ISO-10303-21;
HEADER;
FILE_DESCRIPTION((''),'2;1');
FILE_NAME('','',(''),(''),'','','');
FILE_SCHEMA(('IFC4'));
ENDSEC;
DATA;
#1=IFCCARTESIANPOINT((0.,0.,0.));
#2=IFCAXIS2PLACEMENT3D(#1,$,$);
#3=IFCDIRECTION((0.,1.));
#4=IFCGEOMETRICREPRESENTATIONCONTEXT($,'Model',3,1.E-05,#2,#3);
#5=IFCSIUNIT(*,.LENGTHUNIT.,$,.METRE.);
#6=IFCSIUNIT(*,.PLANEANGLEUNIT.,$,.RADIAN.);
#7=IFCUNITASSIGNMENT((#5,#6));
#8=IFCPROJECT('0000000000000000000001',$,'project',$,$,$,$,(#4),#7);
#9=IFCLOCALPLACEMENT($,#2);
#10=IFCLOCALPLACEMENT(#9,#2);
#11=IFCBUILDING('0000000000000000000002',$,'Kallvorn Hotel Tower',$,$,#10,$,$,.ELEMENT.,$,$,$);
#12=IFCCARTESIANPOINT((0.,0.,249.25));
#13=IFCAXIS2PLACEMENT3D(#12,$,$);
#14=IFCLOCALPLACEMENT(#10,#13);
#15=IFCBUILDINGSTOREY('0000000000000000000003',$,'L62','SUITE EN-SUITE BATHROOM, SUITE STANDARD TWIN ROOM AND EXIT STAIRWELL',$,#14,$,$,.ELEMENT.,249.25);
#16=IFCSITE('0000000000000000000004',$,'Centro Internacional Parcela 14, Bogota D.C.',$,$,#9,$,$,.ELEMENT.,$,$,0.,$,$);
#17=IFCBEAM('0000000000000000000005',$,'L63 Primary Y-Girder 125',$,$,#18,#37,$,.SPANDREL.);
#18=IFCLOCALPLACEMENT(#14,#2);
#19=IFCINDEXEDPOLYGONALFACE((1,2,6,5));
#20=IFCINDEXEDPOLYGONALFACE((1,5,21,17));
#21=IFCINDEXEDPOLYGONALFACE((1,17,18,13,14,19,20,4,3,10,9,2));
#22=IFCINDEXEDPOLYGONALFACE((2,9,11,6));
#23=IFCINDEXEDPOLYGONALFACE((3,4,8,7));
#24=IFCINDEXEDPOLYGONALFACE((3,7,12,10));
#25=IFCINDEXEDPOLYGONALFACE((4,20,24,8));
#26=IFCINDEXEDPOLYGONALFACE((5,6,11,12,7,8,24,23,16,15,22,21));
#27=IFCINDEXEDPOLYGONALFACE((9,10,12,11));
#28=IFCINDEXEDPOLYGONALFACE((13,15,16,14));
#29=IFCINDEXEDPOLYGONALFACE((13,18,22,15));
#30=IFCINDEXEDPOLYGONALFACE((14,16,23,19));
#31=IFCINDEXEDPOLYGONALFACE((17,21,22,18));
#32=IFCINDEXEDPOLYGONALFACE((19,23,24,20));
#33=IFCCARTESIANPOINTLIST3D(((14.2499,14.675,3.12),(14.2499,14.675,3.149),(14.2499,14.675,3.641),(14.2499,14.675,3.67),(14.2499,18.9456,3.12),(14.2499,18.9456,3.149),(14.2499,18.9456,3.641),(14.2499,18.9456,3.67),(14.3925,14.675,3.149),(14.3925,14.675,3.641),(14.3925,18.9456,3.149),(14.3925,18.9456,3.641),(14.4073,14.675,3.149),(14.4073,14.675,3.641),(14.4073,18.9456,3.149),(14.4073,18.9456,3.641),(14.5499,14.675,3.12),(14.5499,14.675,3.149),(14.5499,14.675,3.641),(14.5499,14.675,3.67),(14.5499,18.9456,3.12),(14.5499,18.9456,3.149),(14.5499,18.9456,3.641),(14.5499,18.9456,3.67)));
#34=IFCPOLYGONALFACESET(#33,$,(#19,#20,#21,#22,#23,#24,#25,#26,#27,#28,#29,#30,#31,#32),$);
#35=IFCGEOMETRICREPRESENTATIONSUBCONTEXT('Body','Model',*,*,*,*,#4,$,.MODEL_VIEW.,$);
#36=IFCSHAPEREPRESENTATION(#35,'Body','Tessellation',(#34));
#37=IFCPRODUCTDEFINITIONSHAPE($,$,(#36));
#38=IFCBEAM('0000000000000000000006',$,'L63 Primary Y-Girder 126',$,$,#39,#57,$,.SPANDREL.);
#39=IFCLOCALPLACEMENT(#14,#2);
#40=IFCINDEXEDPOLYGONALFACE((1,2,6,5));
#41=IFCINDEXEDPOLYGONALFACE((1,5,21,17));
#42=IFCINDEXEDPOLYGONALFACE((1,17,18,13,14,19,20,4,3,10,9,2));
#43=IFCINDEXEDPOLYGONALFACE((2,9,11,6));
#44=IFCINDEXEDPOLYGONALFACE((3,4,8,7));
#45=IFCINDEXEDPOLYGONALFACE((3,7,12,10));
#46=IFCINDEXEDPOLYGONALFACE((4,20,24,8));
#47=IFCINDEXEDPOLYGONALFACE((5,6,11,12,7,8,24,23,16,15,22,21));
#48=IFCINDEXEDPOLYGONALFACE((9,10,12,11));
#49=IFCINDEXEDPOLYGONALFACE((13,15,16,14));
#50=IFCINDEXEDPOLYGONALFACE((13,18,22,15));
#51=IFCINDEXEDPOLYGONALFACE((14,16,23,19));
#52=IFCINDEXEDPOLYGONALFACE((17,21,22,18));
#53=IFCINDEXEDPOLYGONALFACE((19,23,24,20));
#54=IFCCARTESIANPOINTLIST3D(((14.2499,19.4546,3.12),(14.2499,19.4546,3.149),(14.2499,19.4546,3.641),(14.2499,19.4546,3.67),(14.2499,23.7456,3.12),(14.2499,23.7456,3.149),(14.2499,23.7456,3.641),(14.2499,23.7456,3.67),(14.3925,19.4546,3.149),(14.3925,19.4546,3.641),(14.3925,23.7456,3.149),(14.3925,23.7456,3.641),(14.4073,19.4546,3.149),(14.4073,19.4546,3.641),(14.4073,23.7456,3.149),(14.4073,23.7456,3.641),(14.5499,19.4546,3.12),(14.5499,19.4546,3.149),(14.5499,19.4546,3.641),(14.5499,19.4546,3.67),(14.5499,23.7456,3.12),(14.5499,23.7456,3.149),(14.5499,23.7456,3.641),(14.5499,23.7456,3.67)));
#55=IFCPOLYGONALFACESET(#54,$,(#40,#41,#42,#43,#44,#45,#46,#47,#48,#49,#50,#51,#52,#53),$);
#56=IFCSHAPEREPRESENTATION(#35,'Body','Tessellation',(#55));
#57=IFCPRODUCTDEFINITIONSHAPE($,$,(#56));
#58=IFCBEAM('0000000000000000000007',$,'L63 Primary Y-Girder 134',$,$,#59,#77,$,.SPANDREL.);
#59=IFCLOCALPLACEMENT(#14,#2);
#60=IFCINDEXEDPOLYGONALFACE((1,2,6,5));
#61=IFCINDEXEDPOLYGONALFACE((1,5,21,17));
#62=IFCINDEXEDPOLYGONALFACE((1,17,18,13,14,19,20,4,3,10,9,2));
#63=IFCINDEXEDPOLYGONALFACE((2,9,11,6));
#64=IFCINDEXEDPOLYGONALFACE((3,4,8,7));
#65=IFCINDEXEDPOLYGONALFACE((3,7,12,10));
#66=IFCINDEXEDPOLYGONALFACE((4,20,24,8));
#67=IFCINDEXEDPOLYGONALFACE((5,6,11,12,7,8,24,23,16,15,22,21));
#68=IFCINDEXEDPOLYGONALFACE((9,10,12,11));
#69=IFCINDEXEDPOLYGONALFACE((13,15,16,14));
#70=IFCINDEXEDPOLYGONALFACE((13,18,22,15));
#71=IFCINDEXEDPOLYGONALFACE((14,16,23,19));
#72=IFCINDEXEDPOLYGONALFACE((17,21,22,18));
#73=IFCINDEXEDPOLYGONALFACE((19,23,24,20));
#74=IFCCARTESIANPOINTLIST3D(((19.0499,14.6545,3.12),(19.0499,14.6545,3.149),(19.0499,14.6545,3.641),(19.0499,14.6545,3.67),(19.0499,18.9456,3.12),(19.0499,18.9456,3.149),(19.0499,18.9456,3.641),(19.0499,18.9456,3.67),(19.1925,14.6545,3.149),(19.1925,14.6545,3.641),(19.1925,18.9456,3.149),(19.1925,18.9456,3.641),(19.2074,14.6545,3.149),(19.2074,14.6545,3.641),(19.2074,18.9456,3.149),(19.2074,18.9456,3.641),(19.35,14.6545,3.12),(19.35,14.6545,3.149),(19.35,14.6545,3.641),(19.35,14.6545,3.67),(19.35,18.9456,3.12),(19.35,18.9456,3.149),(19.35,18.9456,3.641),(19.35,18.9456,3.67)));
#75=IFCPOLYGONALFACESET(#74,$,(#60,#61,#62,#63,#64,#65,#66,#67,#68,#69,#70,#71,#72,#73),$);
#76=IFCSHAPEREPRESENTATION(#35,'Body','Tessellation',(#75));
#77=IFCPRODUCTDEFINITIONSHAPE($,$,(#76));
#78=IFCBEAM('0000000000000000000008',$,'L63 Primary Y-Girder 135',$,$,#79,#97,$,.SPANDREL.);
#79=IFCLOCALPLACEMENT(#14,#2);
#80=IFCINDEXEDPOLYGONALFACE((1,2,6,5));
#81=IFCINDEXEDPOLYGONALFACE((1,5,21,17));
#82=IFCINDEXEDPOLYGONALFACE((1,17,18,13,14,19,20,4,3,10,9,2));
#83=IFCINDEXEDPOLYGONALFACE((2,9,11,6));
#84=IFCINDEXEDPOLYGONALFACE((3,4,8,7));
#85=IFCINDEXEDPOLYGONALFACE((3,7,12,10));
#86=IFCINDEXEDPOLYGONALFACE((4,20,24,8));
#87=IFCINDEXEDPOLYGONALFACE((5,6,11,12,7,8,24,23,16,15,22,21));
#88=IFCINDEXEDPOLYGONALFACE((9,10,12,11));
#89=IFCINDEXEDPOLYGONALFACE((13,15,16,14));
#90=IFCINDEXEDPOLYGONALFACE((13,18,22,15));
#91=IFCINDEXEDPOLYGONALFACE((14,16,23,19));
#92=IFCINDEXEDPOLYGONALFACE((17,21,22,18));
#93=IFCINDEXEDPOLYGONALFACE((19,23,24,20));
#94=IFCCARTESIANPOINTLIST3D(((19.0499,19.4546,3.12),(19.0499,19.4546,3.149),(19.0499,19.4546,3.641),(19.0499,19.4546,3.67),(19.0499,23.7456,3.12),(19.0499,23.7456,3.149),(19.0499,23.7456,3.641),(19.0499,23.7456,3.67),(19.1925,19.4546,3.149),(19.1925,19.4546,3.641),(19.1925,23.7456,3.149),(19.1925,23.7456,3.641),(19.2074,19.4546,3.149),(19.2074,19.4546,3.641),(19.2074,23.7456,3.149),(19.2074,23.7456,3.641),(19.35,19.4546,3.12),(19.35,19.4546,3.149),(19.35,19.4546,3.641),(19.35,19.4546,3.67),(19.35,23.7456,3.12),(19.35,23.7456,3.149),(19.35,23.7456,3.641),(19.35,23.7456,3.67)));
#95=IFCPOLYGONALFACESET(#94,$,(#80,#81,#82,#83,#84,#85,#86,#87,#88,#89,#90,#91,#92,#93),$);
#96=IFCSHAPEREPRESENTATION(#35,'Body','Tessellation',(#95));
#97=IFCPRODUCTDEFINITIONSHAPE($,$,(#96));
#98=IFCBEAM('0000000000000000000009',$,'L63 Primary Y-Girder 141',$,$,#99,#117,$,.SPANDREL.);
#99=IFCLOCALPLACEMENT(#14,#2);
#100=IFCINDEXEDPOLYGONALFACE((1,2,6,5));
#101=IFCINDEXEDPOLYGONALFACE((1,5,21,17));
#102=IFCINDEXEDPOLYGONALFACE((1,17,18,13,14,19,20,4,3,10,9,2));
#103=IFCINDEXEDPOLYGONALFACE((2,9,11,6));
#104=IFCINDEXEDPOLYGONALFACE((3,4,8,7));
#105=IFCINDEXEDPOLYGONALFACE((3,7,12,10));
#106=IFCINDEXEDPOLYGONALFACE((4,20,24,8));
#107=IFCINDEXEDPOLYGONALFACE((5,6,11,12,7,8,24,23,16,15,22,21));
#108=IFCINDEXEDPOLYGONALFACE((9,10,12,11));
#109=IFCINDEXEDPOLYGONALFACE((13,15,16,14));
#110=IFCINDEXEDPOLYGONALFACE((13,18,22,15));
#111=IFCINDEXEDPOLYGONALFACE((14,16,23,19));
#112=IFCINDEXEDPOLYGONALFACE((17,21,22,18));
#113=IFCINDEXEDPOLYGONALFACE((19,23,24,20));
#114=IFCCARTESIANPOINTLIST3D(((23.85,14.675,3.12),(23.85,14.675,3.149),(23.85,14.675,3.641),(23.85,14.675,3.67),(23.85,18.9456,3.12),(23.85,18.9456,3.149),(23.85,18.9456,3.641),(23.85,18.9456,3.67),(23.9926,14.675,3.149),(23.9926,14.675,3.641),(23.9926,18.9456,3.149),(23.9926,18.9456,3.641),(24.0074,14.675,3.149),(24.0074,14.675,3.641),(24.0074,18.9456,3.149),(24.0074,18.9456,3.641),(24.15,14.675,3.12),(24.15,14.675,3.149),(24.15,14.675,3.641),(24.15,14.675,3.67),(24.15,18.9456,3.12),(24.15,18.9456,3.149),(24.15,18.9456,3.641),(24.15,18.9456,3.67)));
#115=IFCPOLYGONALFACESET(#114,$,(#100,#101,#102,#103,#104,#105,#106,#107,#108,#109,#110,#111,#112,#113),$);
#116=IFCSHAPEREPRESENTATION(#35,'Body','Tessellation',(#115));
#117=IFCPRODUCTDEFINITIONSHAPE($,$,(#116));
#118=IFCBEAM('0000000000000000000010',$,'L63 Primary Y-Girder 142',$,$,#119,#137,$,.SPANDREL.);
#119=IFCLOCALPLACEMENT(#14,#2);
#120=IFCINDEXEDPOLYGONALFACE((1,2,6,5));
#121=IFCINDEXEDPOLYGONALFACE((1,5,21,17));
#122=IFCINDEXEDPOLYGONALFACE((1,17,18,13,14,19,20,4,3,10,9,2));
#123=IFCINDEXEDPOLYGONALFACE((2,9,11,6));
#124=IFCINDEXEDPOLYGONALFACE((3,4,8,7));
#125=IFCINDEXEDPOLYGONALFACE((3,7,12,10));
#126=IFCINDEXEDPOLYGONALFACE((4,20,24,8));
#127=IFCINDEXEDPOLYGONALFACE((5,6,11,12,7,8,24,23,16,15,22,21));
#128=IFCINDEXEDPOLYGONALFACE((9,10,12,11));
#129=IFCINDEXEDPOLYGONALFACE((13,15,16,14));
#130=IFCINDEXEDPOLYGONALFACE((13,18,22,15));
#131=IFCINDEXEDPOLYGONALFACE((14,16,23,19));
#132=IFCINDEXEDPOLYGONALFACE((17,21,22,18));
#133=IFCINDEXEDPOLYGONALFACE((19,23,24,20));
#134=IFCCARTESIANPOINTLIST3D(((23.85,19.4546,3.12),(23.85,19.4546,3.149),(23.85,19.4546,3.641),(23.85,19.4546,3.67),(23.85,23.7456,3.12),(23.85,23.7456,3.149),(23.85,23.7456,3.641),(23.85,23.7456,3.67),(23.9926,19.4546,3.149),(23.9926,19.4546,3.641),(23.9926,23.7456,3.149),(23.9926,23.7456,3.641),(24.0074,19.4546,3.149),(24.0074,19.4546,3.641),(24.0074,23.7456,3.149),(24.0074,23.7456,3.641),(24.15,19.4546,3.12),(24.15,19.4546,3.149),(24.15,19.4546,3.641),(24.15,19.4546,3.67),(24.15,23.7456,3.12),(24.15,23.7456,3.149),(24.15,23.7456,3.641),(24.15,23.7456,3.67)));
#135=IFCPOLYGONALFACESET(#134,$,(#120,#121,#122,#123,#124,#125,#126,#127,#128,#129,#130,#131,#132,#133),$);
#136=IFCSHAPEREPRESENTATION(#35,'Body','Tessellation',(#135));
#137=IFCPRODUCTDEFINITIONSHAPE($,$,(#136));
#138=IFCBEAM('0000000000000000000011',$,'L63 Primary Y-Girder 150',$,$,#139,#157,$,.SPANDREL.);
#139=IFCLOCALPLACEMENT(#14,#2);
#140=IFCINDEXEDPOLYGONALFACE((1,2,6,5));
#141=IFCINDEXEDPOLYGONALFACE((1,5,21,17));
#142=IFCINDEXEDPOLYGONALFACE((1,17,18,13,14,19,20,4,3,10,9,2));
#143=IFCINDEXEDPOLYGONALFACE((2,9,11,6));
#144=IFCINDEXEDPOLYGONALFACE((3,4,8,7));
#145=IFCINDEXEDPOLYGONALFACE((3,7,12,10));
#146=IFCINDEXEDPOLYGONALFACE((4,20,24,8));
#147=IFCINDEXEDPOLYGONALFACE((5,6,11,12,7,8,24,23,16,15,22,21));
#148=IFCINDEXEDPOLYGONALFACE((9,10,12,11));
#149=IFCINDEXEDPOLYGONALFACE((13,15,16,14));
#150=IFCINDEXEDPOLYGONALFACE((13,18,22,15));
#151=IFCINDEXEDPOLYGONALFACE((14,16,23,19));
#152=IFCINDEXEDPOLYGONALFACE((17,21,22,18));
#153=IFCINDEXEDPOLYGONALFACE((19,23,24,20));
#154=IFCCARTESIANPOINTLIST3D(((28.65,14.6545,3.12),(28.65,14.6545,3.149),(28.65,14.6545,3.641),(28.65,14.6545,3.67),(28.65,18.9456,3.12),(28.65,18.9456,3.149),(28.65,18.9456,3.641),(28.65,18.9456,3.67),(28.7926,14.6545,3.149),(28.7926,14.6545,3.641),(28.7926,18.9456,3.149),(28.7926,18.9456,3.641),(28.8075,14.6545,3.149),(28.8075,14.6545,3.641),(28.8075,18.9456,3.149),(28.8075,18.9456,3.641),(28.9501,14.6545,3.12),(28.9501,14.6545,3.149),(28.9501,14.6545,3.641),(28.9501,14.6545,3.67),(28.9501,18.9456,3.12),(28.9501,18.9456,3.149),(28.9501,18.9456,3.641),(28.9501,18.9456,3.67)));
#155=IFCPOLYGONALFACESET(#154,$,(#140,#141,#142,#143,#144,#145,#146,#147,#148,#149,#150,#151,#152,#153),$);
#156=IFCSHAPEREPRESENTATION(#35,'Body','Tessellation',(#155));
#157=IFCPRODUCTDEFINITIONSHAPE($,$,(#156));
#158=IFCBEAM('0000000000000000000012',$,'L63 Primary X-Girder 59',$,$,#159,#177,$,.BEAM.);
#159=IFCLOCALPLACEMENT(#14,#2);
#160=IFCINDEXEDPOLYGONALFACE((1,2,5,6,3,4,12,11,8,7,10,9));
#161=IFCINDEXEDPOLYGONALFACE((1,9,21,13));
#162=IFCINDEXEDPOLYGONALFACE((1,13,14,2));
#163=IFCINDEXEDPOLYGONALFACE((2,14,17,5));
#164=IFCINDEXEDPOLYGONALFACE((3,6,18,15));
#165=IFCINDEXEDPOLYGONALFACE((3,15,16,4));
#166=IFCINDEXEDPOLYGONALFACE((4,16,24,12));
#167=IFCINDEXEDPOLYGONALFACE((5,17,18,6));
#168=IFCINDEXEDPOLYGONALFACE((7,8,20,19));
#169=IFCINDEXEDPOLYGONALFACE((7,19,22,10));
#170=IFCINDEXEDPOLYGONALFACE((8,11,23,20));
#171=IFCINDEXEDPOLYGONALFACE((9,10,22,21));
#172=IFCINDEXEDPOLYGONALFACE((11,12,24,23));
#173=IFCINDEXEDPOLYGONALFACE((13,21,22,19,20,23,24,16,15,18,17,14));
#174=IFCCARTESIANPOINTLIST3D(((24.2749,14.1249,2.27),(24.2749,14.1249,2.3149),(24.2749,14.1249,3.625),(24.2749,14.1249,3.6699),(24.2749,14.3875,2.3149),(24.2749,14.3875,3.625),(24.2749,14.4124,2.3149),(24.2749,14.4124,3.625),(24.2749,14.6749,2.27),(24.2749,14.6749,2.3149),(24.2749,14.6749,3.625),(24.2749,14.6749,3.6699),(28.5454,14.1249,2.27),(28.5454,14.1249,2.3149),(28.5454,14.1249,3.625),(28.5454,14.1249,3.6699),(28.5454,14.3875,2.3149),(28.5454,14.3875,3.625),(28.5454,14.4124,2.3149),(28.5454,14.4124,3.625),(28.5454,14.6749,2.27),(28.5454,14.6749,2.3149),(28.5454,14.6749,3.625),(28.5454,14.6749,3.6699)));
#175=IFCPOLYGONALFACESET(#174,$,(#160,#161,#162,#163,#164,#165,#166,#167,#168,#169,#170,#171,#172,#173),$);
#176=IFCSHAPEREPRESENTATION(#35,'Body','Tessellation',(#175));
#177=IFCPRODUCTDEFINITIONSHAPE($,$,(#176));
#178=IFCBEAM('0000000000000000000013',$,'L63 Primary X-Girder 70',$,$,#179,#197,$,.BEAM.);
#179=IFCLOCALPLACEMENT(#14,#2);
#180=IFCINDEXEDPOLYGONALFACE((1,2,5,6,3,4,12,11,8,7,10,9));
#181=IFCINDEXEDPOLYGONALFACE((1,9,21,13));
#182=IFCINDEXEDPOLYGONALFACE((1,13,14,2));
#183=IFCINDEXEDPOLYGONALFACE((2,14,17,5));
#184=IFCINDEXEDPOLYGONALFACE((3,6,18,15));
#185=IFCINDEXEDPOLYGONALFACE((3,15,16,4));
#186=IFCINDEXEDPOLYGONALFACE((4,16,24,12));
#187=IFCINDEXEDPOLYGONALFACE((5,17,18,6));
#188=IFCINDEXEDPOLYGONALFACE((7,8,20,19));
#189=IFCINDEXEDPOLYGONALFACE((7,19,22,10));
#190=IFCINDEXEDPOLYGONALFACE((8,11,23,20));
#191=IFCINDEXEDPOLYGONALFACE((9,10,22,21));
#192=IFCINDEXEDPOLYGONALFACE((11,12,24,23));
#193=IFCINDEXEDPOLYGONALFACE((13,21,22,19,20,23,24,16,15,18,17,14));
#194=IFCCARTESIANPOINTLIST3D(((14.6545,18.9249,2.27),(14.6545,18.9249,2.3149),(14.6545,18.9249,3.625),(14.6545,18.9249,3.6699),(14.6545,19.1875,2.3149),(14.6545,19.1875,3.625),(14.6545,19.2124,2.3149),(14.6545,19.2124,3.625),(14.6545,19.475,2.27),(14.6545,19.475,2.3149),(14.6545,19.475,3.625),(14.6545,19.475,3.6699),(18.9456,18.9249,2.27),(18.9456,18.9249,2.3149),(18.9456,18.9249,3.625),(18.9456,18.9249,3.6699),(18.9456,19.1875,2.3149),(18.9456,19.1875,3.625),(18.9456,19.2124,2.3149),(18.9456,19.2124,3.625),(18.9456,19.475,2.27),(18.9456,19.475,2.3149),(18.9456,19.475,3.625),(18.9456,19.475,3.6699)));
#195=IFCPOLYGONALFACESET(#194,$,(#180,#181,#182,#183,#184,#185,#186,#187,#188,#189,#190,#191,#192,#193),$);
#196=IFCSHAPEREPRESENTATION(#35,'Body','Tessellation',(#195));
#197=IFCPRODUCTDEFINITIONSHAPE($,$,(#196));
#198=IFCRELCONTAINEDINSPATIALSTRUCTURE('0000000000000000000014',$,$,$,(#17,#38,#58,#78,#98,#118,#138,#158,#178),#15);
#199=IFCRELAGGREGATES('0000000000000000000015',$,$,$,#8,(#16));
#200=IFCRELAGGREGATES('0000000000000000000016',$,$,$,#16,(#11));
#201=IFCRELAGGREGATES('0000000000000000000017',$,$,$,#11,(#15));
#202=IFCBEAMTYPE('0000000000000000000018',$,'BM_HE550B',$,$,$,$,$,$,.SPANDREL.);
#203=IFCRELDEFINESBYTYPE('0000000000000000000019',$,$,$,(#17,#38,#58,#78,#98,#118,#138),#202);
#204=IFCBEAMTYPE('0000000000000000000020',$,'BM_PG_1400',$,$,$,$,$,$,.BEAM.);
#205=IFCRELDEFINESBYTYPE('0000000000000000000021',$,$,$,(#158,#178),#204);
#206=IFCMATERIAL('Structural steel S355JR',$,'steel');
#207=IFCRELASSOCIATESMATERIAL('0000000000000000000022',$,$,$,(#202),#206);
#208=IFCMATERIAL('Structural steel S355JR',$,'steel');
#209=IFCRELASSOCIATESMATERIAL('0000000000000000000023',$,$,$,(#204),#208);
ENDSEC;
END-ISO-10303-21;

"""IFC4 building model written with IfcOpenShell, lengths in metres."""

from ifc_helpers import new_model, si_unit, direction, frame, origin, origin_2d, place, context, subcontext, project, spatial, i_section, extrude, material, material_profile, profile_set, type_object, element, save


model = new_model("IFC4")

# Units and contexts
model_context = context("Model", 3, precision=1e-05, world=origin(), true_north=direction((0.0, 1.0)))
body_context = subcontext(model_context, "Body", "Model", "MODEL_VIEW")
ifc_project = project(units=[si_unit("LENGTHUNIT", "METRE"), si_unit("PLANEANGLEUNIT", "RADIAN")], contexts=[model_context])

# Site, building, storey
site_placement = place(None, origin())
site = spatial("IfcSite", under=ifc_project, at=site_placement, Name="Centro Internacional Parcela 14, Bogota D.C.", CompositionType="ELEMENT", RefElevation=0.0)
building_placement = place(site_placement, origin())
building = spatial("IfcBuilding", under=site, at=building_placement, Name="Kallvorn Hotel Tower", CompositionType="ELEMENT")
storey_placement = place(building_placement, frame((0.0, 0.0, 249.25)))
storey = spatial("IfcBuildingStorey", under=building, at=storey_placement, Name="L62", Description="SUITE EN-SUITE BATHROOM, SUITE STANDARD TWIN ROOM AND EXIT STAIRWELL", CompositionType="ELEMENT", Elevation=249.25)

# Beams
ifc_material_1 = material(Name="Structural steel S355JR", Category="steel")
ifc_material_profile_1 = material_profile(ifc_material_1, i_section(OverallWidth=0.3, OverallDepth=0.55, WebThickness=0.0149, FlangeThickness=0.0291, at=origin_2d()), Name="HE 550 B")
ifc_profile_set_1 = profile_set([ifc_material_profile_1], Name="Structural steel S355JR")
beam_type_1 = type_object("IfcBeamType", Name="BM_HE550B", PredefinedType="SPANDREL", material=ifc_profile_set_1)
beam_1_placement = place(storey_placement, frame((14.3999, 14.675, 3.395), z_axis=(0.0, 1.0, 0.0), x_axis=(-1.0, 0.0, 0.0)))
element("IfcBeam", 1, at=beam_1_placement, inside=storey, type_object=beam_type_1, Name="L63 Primary Y-Girder 125", PredefinedType="SPANDREL", context=body_context, shape_type="SweptSolid", body=[
    extrude(i_section(OverallWidth=0.3, OverallDepth=0.55, WebThickness=0.0149, FlangeThickness=0.0291, at=origin_2d()), origin(), (0.0, 0.0, 1.0), 4.2705),
])
for number, where, z_axis, x_axis, name in (
    (2, (14.3999, 19.4546, 3.395), (0.0, 1.0, 0.0), (-1.0, 0.0, 0.0), "L63 Primary Y-Girder 126"),
    (3, (19.2, 14.6545, 3.395), (0.0, 1.0, 0.0), (-1.0, 0.0, 0.0), "L63 Primary Y-Girder 134"),
    (4, (19.2, 19.4546, 3.395), (0.0, 1.0, 0.0), (-1.0, 0.0, 0.0), "L63 Primary Y-Girder 135"),
):
    element("IfcBeam", number, at=place(storey_placement, frame(where, z_axis=z_axis, x_axis=x_axis)), inside=storey, type_object=beam_type_1, Name=name, PredefinedType="SPANDREL", context=body_context, shape_type="SweptSolid", body=[
        extrude(i_section(OverallWidth=0.3, OverallDepth=0.55, WebThickness=0.0149, FlangeThickness=0.0291, at=origin_2d()), origin(), (0.0, 0.0, 1.0), 4.291),
    ])
beam_2_placement = place(storey_placement, frame((24.0, 14.675, 3.395), z_axis=(0.0, 1.0, 0.0), x_axis=(-1.0, 0.0, 0.0)))
element("IfcBeam", 5, at=beam_2_placement, inside=storey, type_object=beam_type_1, Name="L63 Primary Y-Girder 141", PredefinedType="SPANDREL", context=body_context, shape_type="SweptSolid", body=[
    extrude(i_section(OverallWidth=0.3, OverallDepth=0.55, WebThickness=0.0149, FlangeThickness=0.0291, at=origin_2d()), origin(), (0.0, 0.0, 1.0), 4.2705),
])
for number, where, z_axis, x_axis, name in (
    (6, (24.0, 19.4546, 3.395), (0.0, 1.0, 0.0), (-1.0, 0.0, 0.0), "L63 Primary Y-Girder 142"),
    (7, (28.8, 14.6545, 3.395), (0.0, 1.0, 0.0), (-1.0, 0.0, 0.0), "L63 Primary Y-Girder 150"),
):
    element("IfcBeam", number, at=place(storey_placement, frame(where, z_axis=z_axis, x_axis=x_axis)), inside=storey, type_object=beam_type_1, Name=name, PredefinedType="SPANDREL", context=body_context, shape_type="SweptSolid", body=[
        extrude(i_section(OverallWidth=0.3, OverallDepth=0.55, WebThickness=0.0149, FlangeThickness=0.0291, at=origin_2d()), origin(), (0.0, 0.0, 1.0), 4.291),
    ])
ifc_material_2 = material(Name="Structural steel S355JR", Category="steel")
ifc_material_profile_2 = material_profile(ifc_material_2, i_section(OverallWidth=0.55, OverallDepth=1.3999, WebThickness=0.0249, FlangeThickness=0.0449, at=origin_2d()), Name="PG 1400x550x25x45")
ifc_profile_set_2 = profile_set([ifc_material_profile_2], Name="Structural steel S355JR")
beam_type_2 = type_object("IfcBeamType", Name="BM_PG_1400", PredefinedType="BEAM", material=ifc_profile_set_2)
beam_3_placement = place(storey_placement, frame((24.2749, 14.3999, 2.97), z_axis=(1.0, 0.0, 0.0), x_axis=(0.0, 1.0, 0.0)))
element("IfcBeam", 8, at=beam_3_placement, inside=storey, type_object=beam_type_2, Name="L63 Primary X-Girder 59", PredefinedType="BEAM", context=body_context, shape_type="SweptSolid", body=[
    extrude(i_section(OverallWidth=0.55, OverallDepth=1.3999, WebThickness=0.0249, FlangeThickness=0.0449, at=origin_2d()), origin(), (0.0, 0.0, 1.0), 4.2705),
])
for number, where, z_axis, x_axis, name in (
    (9, (14.6545, 19.2, 2.97), (1.0, 0.0, 0.0), (0.0, 1.0, 0.0), "L63 Primary X-Girder 70"),
):
    element("IfcBeam", number, at=place(storey_placement, frame(where, z_axis=z_axis, x_axis=x_axis)), inside=storey, type_object=beam_type_2, Name=name, PredefinedType="BEAM", context=body_context, shape_type="SweptSolid", body=[
        extrude(i_section(OverallWidth=0.55, OverallDepth=1.3999, WebThickness=0.0249, FlangeThickness=0.0449, at=origin_2d()), origin(), (0.0, 0.0, 1.0), 4.291),
    ])

save(model, "model.ifc")
